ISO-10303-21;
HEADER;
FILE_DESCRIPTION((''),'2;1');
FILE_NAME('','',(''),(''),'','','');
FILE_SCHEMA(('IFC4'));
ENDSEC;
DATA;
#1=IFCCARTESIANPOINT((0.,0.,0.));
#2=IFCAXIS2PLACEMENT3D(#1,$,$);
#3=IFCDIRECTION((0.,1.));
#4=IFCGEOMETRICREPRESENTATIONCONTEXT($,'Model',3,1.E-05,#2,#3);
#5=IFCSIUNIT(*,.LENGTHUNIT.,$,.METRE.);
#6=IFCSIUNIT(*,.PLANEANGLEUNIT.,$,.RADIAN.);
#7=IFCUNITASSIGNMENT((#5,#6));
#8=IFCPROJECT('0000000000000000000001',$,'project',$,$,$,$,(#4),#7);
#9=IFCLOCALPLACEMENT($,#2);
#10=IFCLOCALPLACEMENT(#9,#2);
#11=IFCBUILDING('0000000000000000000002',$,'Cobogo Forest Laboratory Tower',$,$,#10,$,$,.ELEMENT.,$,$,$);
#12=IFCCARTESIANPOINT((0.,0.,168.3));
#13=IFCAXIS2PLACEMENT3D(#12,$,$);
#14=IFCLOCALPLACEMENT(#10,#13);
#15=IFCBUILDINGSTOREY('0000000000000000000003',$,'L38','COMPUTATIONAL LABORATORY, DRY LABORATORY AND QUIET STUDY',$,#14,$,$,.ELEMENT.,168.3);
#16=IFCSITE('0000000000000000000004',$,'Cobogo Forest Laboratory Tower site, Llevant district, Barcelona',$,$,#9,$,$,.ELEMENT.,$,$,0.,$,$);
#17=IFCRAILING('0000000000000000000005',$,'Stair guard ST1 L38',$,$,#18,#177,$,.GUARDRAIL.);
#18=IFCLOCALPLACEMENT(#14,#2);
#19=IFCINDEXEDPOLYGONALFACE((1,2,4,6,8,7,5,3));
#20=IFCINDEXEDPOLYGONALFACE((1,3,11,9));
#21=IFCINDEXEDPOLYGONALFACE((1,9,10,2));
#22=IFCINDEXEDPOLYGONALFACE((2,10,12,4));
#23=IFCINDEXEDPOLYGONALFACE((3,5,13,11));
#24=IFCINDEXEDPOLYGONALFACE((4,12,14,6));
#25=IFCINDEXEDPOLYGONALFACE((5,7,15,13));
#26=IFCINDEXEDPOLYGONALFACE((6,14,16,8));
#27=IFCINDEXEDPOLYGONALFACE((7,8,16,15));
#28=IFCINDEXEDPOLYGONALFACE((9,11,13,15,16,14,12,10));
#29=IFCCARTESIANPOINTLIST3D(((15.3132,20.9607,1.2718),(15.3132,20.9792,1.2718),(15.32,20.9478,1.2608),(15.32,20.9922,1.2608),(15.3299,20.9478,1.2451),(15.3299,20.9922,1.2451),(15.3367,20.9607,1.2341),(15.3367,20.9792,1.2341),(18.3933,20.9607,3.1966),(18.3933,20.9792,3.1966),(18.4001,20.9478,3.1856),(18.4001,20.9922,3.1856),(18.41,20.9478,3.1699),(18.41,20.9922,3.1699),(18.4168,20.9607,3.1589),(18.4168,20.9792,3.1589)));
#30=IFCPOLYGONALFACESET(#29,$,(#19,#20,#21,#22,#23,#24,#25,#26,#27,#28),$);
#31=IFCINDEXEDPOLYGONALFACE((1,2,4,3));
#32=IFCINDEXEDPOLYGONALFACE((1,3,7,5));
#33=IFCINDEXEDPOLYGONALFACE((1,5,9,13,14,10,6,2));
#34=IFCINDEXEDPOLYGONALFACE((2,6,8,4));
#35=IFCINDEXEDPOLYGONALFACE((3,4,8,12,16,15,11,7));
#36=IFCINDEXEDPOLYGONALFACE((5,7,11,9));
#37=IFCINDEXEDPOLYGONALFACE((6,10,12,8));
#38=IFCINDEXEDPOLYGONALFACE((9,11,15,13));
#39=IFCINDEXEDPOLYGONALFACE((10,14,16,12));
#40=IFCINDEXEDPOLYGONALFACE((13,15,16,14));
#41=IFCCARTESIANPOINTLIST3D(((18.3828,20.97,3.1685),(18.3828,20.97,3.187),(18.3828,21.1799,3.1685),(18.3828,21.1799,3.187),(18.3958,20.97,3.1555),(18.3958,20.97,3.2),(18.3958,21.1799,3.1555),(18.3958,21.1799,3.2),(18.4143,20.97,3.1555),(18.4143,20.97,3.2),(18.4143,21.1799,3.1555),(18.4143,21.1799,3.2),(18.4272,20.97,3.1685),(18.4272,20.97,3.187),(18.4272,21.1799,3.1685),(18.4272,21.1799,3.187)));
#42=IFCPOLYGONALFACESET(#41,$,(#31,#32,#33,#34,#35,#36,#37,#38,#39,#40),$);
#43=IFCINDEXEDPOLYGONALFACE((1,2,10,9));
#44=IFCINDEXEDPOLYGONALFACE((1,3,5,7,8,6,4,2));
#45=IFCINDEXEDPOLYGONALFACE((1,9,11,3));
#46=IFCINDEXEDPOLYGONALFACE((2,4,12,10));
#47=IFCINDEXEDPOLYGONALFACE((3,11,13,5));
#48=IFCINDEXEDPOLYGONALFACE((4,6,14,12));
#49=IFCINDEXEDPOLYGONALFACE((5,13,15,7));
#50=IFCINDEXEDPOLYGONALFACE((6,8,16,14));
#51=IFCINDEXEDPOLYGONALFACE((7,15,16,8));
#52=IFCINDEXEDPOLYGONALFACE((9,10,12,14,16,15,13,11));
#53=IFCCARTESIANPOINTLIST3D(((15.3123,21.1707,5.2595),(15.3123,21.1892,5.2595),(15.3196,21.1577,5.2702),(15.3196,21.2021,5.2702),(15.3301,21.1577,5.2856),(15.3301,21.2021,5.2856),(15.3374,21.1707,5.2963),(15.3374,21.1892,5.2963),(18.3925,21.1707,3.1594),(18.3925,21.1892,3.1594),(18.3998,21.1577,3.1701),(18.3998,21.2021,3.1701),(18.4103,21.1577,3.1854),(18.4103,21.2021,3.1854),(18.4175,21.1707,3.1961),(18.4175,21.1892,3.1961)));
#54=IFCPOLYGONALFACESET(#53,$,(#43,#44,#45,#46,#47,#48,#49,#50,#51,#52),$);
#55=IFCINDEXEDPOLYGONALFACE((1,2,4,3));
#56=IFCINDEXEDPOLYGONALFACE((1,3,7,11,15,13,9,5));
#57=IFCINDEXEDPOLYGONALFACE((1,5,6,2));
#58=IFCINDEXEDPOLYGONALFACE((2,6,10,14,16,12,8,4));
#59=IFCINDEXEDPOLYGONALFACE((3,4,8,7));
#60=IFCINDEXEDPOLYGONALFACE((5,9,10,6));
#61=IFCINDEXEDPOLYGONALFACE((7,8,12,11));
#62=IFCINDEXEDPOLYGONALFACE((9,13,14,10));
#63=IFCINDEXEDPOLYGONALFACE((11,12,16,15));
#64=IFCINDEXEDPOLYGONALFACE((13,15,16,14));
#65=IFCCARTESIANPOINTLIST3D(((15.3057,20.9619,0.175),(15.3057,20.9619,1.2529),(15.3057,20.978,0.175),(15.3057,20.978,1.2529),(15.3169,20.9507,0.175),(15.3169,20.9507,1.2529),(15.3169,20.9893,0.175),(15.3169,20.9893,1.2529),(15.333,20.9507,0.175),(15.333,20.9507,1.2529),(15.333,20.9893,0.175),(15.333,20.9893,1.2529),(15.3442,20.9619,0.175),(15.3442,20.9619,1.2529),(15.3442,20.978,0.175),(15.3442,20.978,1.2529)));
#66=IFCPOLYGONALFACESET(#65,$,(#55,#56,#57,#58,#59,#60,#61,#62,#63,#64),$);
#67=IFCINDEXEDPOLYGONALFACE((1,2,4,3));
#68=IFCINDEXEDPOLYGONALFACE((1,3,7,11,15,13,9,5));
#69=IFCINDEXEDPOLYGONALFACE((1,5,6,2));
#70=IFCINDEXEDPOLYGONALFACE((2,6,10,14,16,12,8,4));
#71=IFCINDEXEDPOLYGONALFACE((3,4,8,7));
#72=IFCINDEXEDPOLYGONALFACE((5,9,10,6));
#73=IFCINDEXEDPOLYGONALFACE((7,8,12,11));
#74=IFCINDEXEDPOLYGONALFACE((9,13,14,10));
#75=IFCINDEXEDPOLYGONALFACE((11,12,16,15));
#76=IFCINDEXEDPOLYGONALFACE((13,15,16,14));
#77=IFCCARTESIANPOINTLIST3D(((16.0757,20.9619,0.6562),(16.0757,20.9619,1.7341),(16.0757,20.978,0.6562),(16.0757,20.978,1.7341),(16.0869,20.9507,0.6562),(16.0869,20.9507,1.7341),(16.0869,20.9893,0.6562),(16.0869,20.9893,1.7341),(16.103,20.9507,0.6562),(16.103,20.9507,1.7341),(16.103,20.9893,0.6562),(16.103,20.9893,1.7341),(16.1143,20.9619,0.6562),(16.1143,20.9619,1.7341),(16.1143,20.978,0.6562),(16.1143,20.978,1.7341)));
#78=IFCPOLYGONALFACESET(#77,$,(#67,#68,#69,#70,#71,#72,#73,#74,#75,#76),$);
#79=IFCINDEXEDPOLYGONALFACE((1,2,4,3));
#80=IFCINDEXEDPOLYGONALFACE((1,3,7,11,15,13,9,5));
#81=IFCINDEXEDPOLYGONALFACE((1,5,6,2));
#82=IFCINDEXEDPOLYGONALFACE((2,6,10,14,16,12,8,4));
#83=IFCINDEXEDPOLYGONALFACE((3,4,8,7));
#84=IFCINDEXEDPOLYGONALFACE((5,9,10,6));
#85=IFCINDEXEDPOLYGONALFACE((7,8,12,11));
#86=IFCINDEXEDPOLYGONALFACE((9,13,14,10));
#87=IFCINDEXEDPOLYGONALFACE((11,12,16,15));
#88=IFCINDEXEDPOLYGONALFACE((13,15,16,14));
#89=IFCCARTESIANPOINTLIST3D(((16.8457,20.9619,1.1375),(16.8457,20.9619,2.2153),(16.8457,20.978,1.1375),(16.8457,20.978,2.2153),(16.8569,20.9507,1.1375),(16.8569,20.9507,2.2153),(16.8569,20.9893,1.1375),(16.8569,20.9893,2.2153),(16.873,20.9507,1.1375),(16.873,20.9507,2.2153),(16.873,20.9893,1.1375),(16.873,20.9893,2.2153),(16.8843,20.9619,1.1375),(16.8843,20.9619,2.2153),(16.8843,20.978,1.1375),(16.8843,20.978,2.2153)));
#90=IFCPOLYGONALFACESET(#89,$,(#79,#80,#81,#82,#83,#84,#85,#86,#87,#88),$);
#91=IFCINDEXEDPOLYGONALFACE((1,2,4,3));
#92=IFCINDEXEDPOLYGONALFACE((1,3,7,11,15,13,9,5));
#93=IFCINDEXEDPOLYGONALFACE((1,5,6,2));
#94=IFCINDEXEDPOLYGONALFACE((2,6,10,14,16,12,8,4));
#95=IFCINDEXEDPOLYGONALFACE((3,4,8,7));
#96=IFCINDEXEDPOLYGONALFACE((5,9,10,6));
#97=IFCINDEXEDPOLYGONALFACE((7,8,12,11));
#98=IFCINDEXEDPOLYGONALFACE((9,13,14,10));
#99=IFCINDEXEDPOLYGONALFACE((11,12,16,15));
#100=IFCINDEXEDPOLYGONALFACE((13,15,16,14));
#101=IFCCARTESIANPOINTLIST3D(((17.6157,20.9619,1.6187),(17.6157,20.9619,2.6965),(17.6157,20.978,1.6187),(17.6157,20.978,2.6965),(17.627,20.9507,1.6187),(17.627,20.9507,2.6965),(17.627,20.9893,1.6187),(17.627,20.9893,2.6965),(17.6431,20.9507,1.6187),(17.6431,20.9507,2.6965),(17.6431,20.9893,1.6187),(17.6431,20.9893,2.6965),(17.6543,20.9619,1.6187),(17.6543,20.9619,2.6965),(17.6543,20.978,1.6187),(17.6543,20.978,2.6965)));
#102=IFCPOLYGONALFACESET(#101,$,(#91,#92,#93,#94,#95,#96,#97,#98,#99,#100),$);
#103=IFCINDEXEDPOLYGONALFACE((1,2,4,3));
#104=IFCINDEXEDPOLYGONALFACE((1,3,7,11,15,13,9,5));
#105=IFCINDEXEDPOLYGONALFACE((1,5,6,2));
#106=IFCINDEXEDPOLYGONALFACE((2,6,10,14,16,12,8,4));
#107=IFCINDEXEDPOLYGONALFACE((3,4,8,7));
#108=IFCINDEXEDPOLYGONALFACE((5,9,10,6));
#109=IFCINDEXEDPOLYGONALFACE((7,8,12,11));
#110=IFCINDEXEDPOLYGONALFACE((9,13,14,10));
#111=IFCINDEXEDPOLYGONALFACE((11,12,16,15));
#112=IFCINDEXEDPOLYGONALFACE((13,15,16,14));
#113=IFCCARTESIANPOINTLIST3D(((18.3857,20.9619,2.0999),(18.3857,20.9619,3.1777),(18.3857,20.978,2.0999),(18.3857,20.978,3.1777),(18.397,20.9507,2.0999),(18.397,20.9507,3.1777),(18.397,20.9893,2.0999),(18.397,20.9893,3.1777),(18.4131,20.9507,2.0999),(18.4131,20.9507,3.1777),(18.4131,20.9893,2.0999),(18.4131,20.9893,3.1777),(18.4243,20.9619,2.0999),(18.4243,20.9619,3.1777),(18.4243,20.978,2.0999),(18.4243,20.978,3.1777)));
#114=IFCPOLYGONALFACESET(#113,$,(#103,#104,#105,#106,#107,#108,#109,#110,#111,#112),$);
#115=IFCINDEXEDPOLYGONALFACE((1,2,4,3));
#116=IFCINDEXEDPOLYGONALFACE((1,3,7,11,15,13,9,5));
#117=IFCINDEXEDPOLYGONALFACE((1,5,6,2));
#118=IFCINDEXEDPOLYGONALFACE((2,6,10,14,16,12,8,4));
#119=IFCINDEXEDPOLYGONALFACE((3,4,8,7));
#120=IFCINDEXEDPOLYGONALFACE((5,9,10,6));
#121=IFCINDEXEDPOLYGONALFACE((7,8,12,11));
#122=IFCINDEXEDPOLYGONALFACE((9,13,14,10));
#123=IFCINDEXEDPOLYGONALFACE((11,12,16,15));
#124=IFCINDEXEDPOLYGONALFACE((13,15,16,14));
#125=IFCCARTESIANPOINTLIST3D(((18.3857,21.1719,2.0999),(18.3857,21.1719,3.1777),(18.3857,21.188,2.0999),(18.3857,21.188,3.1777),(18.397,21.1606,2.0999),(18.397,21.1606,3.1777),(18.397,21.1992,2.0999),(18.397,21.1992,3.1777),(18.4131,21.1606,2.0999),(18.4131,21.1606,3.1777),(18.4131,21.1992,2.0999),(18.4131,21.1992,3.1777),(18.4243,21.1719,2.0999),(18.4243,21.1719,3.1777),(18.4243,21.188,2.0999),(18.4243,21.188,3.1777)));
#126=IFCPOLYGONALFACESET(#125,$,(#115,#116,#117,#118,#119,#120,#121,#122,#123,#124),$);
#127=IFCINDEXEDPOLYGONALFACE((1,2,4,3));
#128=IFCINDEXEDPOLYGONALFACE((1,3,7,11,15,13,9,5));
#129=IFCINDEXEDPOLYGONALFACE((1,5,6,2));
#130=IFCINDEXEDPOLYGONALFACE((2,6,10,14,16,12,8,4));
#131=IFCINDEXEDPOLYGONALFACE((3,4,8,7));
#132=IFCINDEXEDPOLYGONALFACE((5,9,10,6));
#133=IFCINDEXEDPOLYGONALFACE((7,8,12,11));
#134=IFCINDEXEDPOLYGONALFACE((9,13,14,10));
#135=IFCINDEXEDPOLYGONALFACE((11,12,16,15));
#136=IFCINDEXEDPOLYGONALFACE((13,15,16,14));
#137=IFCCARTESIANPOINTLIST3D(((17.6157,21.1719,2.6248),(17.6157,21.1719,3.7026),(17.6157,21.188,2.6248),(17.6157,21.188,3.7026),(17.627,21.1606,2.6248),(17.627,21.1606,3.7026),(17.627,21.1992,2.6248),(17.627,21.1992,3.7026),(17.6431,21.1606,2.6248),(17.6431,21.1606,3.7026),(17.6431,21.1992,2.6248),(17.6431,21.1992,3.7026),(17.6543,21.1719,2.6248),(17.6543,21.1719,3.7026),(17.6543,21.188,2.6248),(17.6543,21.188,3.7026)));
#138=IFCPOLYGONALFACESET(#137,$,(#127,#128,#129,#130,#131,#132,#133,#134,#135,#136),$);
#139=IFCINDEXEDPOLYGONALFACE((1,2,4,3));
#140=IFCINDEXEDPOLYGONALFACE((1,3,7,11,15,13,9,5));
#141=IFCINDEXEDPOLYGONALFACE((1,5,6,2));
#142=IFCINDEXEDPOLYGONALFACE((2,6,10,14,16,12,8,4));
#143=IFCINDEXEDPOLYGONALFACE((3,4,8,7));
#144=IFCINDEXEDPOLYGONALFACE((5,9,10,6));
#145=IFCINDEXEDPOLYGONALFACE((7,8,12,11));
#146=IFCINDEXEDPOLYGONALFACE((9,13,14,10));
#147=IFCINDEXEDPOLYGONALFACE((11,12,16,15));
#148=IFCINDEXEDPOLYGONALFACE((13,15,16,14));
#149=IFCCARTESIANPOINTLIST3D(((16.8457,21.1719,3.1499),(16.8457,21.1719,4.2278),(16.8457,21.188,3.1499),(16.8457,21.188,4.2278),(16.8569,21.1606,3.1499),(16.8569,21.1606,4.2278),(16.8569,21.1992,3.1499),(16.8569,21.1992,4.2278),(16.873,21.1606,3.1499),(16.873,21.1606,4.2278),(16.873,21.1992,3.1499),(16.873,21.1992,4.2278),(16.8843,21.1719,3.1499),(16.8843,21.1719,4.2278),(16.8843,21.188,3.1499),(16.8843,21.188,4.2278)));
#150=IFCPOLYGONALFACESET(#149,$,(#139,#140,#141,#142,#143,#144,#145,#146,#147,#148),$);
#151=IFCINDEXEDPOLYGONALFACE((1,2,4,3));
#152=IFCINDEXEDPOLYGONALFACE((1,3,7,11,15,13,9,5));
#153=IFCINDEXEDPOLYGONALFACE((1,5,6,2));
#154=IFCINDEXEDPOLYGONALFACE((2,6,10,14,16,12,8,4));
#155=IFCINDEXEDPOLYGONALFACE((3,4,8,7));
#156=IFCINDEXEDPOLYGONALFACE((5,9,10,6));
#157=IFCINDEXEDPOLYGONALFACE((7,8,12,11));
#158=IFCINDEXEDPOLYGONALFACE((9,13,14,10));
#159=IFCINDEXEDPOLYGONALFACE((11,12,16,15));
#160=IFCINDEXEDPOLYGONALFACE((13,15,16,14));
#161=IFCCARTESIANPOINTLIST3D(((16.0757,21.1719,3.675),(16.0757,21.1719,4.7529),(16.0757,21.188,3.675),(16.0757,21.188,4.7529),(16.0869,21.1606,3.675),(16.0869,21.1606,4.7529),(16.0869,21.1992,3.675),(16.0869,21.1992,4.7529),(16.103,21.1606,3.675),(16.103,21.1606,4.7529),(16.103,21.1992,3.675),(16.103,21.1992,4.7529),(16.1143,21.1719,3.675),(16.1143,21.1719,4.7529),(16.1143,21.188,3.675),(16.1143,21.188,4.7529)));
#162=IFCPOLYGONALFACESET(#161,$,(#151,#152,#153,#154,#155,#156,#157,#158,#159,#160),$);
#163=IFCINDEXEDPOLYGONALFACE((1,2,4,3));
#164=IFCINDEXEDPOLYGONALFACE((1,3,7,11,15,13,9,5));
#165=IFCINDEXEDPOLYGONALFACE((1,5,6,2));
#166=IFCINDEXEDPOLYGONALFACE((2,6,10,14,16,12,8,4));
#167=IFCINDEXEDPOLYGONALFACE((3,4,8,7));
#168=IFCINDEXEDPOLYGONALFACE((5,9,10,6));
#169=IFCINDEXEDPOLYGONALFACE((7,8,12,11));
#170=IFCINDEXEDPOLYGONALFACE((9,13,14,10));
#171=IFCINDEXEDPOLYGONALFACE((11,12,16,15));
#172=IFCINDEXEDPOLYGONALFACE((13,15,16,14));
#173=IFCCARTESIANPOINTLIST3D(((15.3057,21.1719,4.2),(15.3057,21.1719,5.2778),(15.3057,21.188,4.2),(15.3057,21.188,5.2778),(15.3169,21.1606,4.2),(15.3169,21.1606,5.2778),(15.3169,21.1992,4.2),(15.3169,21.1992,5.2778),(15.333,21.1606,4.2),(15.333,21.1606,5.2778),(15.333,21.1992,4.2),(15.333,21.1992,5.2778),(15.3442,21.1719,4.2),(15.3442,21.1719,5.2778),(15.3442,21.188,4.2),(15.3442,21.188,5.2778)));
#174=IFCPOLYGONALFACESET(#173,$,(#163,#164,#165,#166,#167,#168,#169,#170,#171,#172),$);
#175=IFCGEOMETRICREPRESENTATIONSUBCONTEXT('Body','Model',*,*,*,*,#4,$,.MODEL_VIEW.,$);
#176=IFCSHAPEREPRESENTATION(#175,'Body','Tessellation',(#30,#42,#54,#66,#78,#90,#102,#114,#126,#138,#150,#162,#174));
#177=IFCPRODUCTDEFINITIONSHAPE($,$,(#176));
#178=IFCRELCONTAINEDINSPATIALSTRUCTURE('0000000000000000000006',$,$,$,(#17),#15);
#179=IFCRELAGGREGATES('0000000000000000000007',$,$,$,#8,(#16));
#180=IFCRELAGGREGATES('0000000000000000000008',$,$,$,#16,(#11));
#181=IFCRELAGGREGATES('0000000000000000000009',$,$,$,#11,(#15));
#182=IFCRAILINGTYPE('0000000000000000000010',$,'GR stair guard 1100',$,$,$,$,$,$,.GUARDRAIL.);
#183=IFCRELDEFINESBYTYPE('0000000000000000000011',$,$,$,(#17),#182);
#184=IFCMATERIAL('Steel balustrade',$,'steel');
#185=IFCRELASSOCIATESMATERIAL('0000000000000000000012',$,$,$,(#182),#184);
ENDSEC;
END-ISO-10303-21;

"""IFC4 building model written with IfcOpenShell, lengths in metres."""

from ifc_helpers import new_model, si_unit, direction, frame, origin, place, context, subcontext, project, spatial, polyline, outline, extrude, material, type_object, element, save


model = new_model("IFC4")

# Units and contexts
model_context = context("Model", 3, precision=1e-05, world=origin(), true_north=direction((0.0, 1.0)))
body_context = subcontext(model_context, "Body", "Model", "MODEL_VIEW")
ifc_project = project(units=[si_unit("LENGTHUNIT", "METRE"), si_unit("PLANEANGLEUNIT", "RADIAN")], contexts=[model_context])

# Site, building, storey
site_placement = place(None, origin())
site = spatial("IfcSite", under=ifc_project, at=site_placement, Name="Cobogo Forest Laboratory Tower site, Llevant district, Barcelona", CompositionType="ELEMENT", RefElevation=0.0)
building_placement = place(site_placement, origin())
building = spatial("IfcBuilding", under=site, at=building_placement, Name="Cobogo Forest Laboratory Tower", CompositionType="ELEMENT")
storey_placement = place(building_placement, frame((0.0, 0.0, 168.3)))
storey = spatial("IfcBuildingStorey", under=building, at=storey_placement, Name="L38", Description="COMPUTATIONAL LABORATORY, DRY LABORATORY AND QUIET STUDY", CompositionType="ELEMENT", Elevation=168.3)

# Railing
ifc_material_1 = material(Name="Steel balustrade", Category="steel")
railing_type_1 = type_object("IfcRailingType", Name="GR stair guard 1100", PredefinedType="GUARDRAIL", material=ifc_material_1)
railing_1_placement = place(storey_placement, frame((15.325, 20.97, 0.175)))
element("IfcRailing", 1, at=railing_1_placement, inside=storey, type_object=railing_type_1, Name="Stair guard ST1 L38", PredefinedType="GUARDRAIL", context=body_context, shape_type="SweptSolid", body=[
    extrude(outline(polyline([(0.0222, 0.0093), (0.0093, 0.0222), (-0.0093, 0.0222), (-0.0222, 0.0093), (-0.0222, -0.0093), (-0.0093, -0.0222), (0.0093, -0.0222), (0.0222, -0.0093), (0.0222, 0.0093)])), frame((0.0, 0.0, 1.0779), z_axis=(0.848029, 0.0, 0.529951), x_axis=(0.0, 1.0, 0.0)), (0.0, 0.0, 1.0), 3.6321),
    extrude(outline(polyline([(0.0222, 0.0093), (0.0093, 0.0222), (-0.0093, 0.0222), (-0.0222, 0.0093), (-0.0222, -0.0093), (-0.0093, -0.0222), (0.0093, -0.0222), (0.0222, -0.0093), (0.0222, 0.0093)])), frame((3.0801, 0.0, 3.0027), z_axis=(0.0, 1.0, 0.0), x_axis=(-1.0, 0.0, 0.0)), (0.0, 0.0, 1.0), 0.21),
    extrude(outline(polyline([(0.0222, 0.0093), (0.0093, 0.0222), (-0.0093, 0.0222), (-0.0222, 0.0093), (-0.0222, -0.0093), (-0.0093, -0.0222), (0.0093, -0.0222), (0.0222, -0.0093), (0.0222, 0.0093)])), frame((3.0801, 0.21, 3.0027), z_axis=(-0.826222, 0.0, 0.563345), x_axis=(0.0, -1.0, 0.0)), (0.0, 0.0, 1.0), 3.728),
    extrude(outline(polyline([(0.0193, 0.0081), (0.0081, 0.0193), (-0.0081, 0.0193), (-0.0193, 0.0081), (-0.0193, -0.0081), (-0.0081, -0.0193), (0.0081, -0.0193), (0.0193, -0.0081), (0.0193, 0.0081)])), origin(), (0.0, 0.0, 1.0), 1.0779),
    extrude(outline(polyline([(0.0193, 0.0081), (0.0081, 0.0193), (-0.0081, 0.0193), (-0.0193, 0.0081), (-0.0193, -0.0081), (-0.0081, -0.0193), (0.0081, -0.0193), (0.0193, -0.0081), (0.0193, 0.0081)])), frame((0.77, 0.0, 0.4812)), (0.0, 0.0, 1.0), 1.0779),
    extrude(outline(polyline([(0.0193, 0.0081), (0.0081, 0.0193), (-0.0081, 0.0193), (-0.0193, 0.0081), (-0.0193, -0.0081), (-0.0081, -0.0193), (0.0081, -0.0193), (0.0193, -0.0081), (0.0193, 0.0081)])), frame((1.54, 0.0, 0.9624)), (0.0, 0.0, 1.0), 1.0779),
    extrude(outline(polyline([(0.0193, 0.0081), (0.0081, 0.0193), (-0.0081, 0.0193), (-0.0193, 0.0081), (-0.0193, -0.0081), (-0.0081, -0.0193), (0.0081, -0.0193), (0.0193, -0.0081), (0.0193, 0.0081)])), frame((2.3101, 0.0, 1.4436)), (0.0, 0.0, 1.0), 1.0779),
    extrude(outline(polyline([(0.0193, 0.0081), (0.0081, 0.0193), (-0.0081, 0.0193), (-0.0193, 0.0081), (-0.0193, -0.0081), (-0.0081, -0.0193), (0.0081, -0.0193), (0.0193, -0.0081), (0.0193, 0.0081)])), frame((3.0801, 0.0, 1.9248)), (0.0, 0.0, 1.0), 1.0779),
    extrude(outline(polyline([(0.0193, 0.0081), (0.0081, 0.0193), (-0.0081, 0.0193), (-0.0193, 0.0081), (-0.0193, -0.0081), (-0.0081, -0.0193), (0.0081, -0.0193), (0.0193, -0.0081), (0.0193, 0.0081)])), frame((3.0801, 0.21, 1.9248)), (0.0, 0.0, 1.0), 1.0779),
    extrude(outline(polyline([(0.0193, 0.0081), (0.0081, 0.0193), (-0.0081, 0.0193), (-0.0193, 0.0081), (-0.0193, -0.0081), (-0.0081, -0.0193), (0.0081, -0.0193), (0.0193, -0.0081), (0.0193, 0.0081)])), frame((2.3101, 0.21, 2.4497)), (0.0, 0.0, 1.0), 1.0779),
    extrude(outline(polyline([(0.0193, 0.0081), (0.0081, 0.0193), (-0.0081, 0.0193), (-0.0193, 0.0081), (-0.0193, -0.0081), (-0.0081, -0.0193), (0.0081, -0.0193), (0.0193, -0.0081), (0.0193, 0.0081)])), frame((1.54, 0.21, 2.9749)), (0.0, 0.0, 1.0), 1.0779),
    extrude(outline(polyline([(0.0193, 0.0081), (0.0081, 0.0193), (-0.0081, 0.0193), (-0.0193, 0.0081), (-0.0193, -0.0081), (-0.0081, -0.0193), (0.0081, -0.0193), (0.0193, -0.0081), (0.0193, 0.0081)])), frame((0.77, 0.21, 3.5)), (0.0, 0.0, 1.0), 1.0779),
    extrude(outline(polyline([(0.0193, 0.0081), (0.0081, 0.0193), (-0.0081, 0.0193), (-0.0193, 0.0081), (-0.0193, -0.0081), (-0.0081, -0.0193), (0.0081, -0.0193), (0.0193, -0.0081), (0.0193, 0.0081)])), frame((0.0, 0.21, 4.0249)), (0.0, 0.0, 1.0), 1.0779),
])

save(model, "model.ifc")
